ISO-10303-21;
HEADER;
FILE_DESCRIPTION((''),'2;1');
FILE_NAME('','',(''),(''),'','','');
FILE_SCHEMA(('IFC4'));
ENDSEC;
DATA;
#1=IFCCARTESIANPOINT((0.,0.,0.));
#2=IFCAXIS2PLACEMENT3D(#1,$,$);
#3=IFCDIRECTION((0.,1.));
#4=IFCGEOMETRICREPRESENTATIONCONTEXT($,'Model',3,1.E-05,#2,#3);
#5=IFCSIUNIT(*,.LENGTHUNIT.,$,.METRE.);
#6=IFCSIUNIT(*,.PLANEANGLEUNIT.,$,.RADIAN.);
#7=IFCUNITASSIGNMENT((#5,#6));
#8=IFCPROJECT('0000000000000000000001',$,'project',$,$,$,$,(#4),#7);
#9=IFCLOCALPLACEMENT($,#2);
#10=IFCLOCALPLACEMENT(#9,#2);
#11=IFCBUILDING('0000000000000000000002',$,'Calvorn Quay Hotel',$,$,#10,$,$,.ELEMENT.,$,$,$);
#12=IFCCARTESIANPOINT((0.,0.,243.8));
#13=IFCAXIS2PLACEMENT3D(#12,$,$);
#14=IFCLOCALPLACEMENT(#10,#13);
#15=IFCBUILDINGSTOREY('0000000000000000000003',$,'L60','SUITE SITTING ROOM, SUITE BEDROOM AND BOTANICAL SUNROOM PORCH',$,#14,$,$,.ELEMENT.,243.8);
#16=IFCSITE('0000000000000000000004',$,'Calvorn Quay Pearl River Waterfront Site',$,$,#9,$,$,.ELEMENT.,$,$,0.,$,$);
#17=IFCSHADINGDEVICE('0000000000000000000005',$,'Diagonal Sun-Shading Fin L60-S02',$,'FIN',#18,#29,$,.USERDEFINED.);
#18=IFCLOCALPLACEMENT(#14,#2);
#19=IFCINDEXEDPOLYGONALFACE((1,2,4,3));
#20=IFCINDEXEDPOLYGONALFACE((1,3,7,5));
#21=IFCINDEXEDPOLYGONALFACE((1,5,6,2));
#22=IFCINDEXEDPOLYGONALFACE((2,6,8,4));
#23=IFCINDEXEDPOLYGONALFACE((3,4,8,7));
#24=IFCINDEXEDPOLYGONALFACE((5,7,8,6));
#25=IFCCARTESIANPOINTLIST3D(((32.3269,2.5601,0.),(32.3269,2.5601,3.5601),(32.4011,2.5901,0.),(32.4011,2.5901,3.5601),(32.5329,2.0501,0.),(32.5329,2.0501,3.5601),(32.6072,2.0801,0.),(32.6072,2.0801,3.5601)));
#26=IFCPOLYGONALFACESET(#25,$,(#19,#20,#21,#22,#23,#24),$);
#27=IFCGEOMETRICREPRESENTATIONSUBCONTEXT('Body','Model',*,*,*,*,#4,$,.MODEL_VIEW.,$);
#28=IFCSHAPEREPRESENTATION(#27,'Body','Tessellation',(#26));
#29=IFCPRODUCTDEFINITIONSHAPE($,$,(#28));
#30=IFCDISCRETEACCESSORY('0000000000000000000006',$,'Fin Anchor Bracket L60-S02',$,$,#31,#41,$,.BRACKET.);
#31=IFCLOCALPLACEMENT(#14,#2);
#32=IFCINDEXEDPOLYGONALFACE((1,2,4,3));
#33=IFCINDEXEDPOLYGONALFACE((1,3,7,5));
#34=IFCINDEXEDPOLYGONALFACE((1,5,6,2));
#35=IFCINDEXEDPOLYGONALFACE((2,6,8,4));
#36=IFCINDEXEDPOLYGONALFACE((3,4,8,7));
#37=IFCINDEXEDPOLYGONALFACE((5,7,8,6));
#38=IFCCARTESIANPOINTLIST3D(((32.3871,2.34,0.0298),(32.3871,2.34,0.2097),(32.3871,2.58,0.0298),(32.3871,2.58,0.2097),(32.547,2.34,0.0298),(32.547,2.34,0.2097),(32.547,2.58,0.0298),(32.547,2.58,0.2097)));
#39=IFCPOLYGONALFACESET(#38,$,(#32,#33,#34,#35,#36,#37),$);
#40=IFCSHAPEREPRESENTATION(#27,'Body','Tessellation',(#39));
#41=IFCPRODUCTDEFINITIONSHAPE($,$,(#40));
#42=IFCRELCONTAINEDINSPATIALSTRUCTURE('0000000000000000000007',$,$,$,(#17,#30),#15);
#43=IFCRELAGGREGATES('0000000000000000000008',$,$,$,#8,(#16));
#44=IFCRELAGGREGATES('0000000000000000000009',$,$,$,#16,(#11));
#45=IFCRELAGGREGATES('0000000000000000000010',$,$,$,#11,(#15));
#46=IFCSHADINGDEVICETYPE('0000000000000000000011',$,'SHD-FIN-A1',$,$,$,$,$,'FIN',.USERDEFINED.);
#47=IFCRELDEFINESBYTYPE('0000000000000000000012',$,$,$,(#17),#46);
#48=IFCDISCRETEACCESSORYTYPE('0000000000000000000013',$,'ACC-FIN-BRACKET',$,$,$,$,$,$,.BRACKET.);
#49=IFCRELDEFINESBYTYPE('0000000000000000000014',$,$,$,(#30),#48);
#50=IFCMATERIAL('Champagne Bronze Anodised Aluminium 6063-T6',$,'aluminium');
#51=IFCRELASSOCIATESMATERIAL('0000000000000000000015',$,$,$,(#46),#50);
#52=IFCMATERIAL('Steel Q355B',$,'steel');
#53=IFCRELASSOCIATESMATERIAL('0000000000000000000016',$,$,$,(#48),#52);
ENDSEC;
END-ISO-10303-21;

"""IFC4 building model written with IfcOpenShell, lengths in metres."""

from ifc_helpers import new_model, si_unit, direction, frame, origin, origin_2d, place, context, subcontext, project, spatial, rectangle, extrude, material, type_object, element, save


model = new_model("IFC4")

# Units and contexts
model_context = context("Model", 3, precision=1e-05, world=origin(), true_north=direction((0.0, 1.0)))
body_context = subcontext(model_context, "Body", "Model", "MODEL_VIEW")
ifc_project = project(units=[si_unit("LENGTHUNIT", "METRE"), si_unit("PLANEANGLEUNIT", "RADIAN")], contexts=[model_context])

# Site, building, storey
site_placement = place(None, origin())
site = spatial("IfcSite", under=ifc_project, at=site_placement, Name="Calvorn Quay Pearl River Waterfront Site", CompositionType="ELEMENT", RefElevation=0.0)
building_placement = place(site_placement, origin())
building = spatial("IfcBuilding", under=site, at=building_placement, Name="Calvorn Quay Hotel", CompositionType="ELEMENT")
storey_placement = place(building_placement, frame((0.0, 0.0, 243.8)))
storey = spatial("IfcBuildingStorey", under=building, at=storey_placement, Name="L60", Description="SUITE SITTING ROOM, SUITE BEDROOM AND BOTANICAL SUNROOM PORCH", CompositionType="ELEMENT", Elevation=243.8)

# Shading device
ifc_material_1 = material(Name="Champagne Bronze Anodised Aluminium 6063-T6", Category="aluminium")
shading_device_type = type_object("IfcShadingDeviceType", Name="SHD-FIN-A1", ElementType="FIN", PredefinedType="USERDEFINED", material=ifc_material_1)
shading_device_placement = place(storey_placement, frame((32.467, 2.3201, 0.0), z_axis=(0.0, 0.0, 1.0), x_axis=(-0.374607, 0.927184, 0.0)))
element("IfcShadingDevice", 1, at=shading_device_placement, inside=storey, type_object=shading_device_type, Name="Diagonal Sun-Shading Fin L60-S02", ObjectType="FIN", PredefinedType="USERDEFINED", context=body_context, shape_type="SweptSolid", body=[
    extrude(rectangle(XDim=0.55, YDim=0.0801, at=origin_2d()), origin(), (0.0, 0.0, 1.0), 3.5601),
])

# Discrete accessory
ifc_material_2 = material(Name="Steel Q355B", Category="steel")
discrete_accessory_type = type_object("IfcDiscreteAccessoryType", Name="ACC-FIN-BRACKET", PredefinedType="BRACKET", material=ifc_material_2)
discrete_accessory_placement = place(storey_placement, frame((32.467, 2.46, 0.0298), z_axis=(0.0, 0.0, 1.0), x_axis=(0.0, 1.0, 0.0)))
element("IfcDiscreteAccessory", 2, at=discrete_accessory_placement, inside=storey, type_object=discrete_accessory_type, Name="Fin Anchor Bracket L60-S02", PredefinedType="BRACKET", context=body_context, shape_type="SweptSolid", body=[
    extrude(rectangle(XDim=0.24, YDim=0.1599, at=origin_2d()), origin(), (0.0, 0.0, 1.0), 0.1799),
])

save(model, "model.ifc")
